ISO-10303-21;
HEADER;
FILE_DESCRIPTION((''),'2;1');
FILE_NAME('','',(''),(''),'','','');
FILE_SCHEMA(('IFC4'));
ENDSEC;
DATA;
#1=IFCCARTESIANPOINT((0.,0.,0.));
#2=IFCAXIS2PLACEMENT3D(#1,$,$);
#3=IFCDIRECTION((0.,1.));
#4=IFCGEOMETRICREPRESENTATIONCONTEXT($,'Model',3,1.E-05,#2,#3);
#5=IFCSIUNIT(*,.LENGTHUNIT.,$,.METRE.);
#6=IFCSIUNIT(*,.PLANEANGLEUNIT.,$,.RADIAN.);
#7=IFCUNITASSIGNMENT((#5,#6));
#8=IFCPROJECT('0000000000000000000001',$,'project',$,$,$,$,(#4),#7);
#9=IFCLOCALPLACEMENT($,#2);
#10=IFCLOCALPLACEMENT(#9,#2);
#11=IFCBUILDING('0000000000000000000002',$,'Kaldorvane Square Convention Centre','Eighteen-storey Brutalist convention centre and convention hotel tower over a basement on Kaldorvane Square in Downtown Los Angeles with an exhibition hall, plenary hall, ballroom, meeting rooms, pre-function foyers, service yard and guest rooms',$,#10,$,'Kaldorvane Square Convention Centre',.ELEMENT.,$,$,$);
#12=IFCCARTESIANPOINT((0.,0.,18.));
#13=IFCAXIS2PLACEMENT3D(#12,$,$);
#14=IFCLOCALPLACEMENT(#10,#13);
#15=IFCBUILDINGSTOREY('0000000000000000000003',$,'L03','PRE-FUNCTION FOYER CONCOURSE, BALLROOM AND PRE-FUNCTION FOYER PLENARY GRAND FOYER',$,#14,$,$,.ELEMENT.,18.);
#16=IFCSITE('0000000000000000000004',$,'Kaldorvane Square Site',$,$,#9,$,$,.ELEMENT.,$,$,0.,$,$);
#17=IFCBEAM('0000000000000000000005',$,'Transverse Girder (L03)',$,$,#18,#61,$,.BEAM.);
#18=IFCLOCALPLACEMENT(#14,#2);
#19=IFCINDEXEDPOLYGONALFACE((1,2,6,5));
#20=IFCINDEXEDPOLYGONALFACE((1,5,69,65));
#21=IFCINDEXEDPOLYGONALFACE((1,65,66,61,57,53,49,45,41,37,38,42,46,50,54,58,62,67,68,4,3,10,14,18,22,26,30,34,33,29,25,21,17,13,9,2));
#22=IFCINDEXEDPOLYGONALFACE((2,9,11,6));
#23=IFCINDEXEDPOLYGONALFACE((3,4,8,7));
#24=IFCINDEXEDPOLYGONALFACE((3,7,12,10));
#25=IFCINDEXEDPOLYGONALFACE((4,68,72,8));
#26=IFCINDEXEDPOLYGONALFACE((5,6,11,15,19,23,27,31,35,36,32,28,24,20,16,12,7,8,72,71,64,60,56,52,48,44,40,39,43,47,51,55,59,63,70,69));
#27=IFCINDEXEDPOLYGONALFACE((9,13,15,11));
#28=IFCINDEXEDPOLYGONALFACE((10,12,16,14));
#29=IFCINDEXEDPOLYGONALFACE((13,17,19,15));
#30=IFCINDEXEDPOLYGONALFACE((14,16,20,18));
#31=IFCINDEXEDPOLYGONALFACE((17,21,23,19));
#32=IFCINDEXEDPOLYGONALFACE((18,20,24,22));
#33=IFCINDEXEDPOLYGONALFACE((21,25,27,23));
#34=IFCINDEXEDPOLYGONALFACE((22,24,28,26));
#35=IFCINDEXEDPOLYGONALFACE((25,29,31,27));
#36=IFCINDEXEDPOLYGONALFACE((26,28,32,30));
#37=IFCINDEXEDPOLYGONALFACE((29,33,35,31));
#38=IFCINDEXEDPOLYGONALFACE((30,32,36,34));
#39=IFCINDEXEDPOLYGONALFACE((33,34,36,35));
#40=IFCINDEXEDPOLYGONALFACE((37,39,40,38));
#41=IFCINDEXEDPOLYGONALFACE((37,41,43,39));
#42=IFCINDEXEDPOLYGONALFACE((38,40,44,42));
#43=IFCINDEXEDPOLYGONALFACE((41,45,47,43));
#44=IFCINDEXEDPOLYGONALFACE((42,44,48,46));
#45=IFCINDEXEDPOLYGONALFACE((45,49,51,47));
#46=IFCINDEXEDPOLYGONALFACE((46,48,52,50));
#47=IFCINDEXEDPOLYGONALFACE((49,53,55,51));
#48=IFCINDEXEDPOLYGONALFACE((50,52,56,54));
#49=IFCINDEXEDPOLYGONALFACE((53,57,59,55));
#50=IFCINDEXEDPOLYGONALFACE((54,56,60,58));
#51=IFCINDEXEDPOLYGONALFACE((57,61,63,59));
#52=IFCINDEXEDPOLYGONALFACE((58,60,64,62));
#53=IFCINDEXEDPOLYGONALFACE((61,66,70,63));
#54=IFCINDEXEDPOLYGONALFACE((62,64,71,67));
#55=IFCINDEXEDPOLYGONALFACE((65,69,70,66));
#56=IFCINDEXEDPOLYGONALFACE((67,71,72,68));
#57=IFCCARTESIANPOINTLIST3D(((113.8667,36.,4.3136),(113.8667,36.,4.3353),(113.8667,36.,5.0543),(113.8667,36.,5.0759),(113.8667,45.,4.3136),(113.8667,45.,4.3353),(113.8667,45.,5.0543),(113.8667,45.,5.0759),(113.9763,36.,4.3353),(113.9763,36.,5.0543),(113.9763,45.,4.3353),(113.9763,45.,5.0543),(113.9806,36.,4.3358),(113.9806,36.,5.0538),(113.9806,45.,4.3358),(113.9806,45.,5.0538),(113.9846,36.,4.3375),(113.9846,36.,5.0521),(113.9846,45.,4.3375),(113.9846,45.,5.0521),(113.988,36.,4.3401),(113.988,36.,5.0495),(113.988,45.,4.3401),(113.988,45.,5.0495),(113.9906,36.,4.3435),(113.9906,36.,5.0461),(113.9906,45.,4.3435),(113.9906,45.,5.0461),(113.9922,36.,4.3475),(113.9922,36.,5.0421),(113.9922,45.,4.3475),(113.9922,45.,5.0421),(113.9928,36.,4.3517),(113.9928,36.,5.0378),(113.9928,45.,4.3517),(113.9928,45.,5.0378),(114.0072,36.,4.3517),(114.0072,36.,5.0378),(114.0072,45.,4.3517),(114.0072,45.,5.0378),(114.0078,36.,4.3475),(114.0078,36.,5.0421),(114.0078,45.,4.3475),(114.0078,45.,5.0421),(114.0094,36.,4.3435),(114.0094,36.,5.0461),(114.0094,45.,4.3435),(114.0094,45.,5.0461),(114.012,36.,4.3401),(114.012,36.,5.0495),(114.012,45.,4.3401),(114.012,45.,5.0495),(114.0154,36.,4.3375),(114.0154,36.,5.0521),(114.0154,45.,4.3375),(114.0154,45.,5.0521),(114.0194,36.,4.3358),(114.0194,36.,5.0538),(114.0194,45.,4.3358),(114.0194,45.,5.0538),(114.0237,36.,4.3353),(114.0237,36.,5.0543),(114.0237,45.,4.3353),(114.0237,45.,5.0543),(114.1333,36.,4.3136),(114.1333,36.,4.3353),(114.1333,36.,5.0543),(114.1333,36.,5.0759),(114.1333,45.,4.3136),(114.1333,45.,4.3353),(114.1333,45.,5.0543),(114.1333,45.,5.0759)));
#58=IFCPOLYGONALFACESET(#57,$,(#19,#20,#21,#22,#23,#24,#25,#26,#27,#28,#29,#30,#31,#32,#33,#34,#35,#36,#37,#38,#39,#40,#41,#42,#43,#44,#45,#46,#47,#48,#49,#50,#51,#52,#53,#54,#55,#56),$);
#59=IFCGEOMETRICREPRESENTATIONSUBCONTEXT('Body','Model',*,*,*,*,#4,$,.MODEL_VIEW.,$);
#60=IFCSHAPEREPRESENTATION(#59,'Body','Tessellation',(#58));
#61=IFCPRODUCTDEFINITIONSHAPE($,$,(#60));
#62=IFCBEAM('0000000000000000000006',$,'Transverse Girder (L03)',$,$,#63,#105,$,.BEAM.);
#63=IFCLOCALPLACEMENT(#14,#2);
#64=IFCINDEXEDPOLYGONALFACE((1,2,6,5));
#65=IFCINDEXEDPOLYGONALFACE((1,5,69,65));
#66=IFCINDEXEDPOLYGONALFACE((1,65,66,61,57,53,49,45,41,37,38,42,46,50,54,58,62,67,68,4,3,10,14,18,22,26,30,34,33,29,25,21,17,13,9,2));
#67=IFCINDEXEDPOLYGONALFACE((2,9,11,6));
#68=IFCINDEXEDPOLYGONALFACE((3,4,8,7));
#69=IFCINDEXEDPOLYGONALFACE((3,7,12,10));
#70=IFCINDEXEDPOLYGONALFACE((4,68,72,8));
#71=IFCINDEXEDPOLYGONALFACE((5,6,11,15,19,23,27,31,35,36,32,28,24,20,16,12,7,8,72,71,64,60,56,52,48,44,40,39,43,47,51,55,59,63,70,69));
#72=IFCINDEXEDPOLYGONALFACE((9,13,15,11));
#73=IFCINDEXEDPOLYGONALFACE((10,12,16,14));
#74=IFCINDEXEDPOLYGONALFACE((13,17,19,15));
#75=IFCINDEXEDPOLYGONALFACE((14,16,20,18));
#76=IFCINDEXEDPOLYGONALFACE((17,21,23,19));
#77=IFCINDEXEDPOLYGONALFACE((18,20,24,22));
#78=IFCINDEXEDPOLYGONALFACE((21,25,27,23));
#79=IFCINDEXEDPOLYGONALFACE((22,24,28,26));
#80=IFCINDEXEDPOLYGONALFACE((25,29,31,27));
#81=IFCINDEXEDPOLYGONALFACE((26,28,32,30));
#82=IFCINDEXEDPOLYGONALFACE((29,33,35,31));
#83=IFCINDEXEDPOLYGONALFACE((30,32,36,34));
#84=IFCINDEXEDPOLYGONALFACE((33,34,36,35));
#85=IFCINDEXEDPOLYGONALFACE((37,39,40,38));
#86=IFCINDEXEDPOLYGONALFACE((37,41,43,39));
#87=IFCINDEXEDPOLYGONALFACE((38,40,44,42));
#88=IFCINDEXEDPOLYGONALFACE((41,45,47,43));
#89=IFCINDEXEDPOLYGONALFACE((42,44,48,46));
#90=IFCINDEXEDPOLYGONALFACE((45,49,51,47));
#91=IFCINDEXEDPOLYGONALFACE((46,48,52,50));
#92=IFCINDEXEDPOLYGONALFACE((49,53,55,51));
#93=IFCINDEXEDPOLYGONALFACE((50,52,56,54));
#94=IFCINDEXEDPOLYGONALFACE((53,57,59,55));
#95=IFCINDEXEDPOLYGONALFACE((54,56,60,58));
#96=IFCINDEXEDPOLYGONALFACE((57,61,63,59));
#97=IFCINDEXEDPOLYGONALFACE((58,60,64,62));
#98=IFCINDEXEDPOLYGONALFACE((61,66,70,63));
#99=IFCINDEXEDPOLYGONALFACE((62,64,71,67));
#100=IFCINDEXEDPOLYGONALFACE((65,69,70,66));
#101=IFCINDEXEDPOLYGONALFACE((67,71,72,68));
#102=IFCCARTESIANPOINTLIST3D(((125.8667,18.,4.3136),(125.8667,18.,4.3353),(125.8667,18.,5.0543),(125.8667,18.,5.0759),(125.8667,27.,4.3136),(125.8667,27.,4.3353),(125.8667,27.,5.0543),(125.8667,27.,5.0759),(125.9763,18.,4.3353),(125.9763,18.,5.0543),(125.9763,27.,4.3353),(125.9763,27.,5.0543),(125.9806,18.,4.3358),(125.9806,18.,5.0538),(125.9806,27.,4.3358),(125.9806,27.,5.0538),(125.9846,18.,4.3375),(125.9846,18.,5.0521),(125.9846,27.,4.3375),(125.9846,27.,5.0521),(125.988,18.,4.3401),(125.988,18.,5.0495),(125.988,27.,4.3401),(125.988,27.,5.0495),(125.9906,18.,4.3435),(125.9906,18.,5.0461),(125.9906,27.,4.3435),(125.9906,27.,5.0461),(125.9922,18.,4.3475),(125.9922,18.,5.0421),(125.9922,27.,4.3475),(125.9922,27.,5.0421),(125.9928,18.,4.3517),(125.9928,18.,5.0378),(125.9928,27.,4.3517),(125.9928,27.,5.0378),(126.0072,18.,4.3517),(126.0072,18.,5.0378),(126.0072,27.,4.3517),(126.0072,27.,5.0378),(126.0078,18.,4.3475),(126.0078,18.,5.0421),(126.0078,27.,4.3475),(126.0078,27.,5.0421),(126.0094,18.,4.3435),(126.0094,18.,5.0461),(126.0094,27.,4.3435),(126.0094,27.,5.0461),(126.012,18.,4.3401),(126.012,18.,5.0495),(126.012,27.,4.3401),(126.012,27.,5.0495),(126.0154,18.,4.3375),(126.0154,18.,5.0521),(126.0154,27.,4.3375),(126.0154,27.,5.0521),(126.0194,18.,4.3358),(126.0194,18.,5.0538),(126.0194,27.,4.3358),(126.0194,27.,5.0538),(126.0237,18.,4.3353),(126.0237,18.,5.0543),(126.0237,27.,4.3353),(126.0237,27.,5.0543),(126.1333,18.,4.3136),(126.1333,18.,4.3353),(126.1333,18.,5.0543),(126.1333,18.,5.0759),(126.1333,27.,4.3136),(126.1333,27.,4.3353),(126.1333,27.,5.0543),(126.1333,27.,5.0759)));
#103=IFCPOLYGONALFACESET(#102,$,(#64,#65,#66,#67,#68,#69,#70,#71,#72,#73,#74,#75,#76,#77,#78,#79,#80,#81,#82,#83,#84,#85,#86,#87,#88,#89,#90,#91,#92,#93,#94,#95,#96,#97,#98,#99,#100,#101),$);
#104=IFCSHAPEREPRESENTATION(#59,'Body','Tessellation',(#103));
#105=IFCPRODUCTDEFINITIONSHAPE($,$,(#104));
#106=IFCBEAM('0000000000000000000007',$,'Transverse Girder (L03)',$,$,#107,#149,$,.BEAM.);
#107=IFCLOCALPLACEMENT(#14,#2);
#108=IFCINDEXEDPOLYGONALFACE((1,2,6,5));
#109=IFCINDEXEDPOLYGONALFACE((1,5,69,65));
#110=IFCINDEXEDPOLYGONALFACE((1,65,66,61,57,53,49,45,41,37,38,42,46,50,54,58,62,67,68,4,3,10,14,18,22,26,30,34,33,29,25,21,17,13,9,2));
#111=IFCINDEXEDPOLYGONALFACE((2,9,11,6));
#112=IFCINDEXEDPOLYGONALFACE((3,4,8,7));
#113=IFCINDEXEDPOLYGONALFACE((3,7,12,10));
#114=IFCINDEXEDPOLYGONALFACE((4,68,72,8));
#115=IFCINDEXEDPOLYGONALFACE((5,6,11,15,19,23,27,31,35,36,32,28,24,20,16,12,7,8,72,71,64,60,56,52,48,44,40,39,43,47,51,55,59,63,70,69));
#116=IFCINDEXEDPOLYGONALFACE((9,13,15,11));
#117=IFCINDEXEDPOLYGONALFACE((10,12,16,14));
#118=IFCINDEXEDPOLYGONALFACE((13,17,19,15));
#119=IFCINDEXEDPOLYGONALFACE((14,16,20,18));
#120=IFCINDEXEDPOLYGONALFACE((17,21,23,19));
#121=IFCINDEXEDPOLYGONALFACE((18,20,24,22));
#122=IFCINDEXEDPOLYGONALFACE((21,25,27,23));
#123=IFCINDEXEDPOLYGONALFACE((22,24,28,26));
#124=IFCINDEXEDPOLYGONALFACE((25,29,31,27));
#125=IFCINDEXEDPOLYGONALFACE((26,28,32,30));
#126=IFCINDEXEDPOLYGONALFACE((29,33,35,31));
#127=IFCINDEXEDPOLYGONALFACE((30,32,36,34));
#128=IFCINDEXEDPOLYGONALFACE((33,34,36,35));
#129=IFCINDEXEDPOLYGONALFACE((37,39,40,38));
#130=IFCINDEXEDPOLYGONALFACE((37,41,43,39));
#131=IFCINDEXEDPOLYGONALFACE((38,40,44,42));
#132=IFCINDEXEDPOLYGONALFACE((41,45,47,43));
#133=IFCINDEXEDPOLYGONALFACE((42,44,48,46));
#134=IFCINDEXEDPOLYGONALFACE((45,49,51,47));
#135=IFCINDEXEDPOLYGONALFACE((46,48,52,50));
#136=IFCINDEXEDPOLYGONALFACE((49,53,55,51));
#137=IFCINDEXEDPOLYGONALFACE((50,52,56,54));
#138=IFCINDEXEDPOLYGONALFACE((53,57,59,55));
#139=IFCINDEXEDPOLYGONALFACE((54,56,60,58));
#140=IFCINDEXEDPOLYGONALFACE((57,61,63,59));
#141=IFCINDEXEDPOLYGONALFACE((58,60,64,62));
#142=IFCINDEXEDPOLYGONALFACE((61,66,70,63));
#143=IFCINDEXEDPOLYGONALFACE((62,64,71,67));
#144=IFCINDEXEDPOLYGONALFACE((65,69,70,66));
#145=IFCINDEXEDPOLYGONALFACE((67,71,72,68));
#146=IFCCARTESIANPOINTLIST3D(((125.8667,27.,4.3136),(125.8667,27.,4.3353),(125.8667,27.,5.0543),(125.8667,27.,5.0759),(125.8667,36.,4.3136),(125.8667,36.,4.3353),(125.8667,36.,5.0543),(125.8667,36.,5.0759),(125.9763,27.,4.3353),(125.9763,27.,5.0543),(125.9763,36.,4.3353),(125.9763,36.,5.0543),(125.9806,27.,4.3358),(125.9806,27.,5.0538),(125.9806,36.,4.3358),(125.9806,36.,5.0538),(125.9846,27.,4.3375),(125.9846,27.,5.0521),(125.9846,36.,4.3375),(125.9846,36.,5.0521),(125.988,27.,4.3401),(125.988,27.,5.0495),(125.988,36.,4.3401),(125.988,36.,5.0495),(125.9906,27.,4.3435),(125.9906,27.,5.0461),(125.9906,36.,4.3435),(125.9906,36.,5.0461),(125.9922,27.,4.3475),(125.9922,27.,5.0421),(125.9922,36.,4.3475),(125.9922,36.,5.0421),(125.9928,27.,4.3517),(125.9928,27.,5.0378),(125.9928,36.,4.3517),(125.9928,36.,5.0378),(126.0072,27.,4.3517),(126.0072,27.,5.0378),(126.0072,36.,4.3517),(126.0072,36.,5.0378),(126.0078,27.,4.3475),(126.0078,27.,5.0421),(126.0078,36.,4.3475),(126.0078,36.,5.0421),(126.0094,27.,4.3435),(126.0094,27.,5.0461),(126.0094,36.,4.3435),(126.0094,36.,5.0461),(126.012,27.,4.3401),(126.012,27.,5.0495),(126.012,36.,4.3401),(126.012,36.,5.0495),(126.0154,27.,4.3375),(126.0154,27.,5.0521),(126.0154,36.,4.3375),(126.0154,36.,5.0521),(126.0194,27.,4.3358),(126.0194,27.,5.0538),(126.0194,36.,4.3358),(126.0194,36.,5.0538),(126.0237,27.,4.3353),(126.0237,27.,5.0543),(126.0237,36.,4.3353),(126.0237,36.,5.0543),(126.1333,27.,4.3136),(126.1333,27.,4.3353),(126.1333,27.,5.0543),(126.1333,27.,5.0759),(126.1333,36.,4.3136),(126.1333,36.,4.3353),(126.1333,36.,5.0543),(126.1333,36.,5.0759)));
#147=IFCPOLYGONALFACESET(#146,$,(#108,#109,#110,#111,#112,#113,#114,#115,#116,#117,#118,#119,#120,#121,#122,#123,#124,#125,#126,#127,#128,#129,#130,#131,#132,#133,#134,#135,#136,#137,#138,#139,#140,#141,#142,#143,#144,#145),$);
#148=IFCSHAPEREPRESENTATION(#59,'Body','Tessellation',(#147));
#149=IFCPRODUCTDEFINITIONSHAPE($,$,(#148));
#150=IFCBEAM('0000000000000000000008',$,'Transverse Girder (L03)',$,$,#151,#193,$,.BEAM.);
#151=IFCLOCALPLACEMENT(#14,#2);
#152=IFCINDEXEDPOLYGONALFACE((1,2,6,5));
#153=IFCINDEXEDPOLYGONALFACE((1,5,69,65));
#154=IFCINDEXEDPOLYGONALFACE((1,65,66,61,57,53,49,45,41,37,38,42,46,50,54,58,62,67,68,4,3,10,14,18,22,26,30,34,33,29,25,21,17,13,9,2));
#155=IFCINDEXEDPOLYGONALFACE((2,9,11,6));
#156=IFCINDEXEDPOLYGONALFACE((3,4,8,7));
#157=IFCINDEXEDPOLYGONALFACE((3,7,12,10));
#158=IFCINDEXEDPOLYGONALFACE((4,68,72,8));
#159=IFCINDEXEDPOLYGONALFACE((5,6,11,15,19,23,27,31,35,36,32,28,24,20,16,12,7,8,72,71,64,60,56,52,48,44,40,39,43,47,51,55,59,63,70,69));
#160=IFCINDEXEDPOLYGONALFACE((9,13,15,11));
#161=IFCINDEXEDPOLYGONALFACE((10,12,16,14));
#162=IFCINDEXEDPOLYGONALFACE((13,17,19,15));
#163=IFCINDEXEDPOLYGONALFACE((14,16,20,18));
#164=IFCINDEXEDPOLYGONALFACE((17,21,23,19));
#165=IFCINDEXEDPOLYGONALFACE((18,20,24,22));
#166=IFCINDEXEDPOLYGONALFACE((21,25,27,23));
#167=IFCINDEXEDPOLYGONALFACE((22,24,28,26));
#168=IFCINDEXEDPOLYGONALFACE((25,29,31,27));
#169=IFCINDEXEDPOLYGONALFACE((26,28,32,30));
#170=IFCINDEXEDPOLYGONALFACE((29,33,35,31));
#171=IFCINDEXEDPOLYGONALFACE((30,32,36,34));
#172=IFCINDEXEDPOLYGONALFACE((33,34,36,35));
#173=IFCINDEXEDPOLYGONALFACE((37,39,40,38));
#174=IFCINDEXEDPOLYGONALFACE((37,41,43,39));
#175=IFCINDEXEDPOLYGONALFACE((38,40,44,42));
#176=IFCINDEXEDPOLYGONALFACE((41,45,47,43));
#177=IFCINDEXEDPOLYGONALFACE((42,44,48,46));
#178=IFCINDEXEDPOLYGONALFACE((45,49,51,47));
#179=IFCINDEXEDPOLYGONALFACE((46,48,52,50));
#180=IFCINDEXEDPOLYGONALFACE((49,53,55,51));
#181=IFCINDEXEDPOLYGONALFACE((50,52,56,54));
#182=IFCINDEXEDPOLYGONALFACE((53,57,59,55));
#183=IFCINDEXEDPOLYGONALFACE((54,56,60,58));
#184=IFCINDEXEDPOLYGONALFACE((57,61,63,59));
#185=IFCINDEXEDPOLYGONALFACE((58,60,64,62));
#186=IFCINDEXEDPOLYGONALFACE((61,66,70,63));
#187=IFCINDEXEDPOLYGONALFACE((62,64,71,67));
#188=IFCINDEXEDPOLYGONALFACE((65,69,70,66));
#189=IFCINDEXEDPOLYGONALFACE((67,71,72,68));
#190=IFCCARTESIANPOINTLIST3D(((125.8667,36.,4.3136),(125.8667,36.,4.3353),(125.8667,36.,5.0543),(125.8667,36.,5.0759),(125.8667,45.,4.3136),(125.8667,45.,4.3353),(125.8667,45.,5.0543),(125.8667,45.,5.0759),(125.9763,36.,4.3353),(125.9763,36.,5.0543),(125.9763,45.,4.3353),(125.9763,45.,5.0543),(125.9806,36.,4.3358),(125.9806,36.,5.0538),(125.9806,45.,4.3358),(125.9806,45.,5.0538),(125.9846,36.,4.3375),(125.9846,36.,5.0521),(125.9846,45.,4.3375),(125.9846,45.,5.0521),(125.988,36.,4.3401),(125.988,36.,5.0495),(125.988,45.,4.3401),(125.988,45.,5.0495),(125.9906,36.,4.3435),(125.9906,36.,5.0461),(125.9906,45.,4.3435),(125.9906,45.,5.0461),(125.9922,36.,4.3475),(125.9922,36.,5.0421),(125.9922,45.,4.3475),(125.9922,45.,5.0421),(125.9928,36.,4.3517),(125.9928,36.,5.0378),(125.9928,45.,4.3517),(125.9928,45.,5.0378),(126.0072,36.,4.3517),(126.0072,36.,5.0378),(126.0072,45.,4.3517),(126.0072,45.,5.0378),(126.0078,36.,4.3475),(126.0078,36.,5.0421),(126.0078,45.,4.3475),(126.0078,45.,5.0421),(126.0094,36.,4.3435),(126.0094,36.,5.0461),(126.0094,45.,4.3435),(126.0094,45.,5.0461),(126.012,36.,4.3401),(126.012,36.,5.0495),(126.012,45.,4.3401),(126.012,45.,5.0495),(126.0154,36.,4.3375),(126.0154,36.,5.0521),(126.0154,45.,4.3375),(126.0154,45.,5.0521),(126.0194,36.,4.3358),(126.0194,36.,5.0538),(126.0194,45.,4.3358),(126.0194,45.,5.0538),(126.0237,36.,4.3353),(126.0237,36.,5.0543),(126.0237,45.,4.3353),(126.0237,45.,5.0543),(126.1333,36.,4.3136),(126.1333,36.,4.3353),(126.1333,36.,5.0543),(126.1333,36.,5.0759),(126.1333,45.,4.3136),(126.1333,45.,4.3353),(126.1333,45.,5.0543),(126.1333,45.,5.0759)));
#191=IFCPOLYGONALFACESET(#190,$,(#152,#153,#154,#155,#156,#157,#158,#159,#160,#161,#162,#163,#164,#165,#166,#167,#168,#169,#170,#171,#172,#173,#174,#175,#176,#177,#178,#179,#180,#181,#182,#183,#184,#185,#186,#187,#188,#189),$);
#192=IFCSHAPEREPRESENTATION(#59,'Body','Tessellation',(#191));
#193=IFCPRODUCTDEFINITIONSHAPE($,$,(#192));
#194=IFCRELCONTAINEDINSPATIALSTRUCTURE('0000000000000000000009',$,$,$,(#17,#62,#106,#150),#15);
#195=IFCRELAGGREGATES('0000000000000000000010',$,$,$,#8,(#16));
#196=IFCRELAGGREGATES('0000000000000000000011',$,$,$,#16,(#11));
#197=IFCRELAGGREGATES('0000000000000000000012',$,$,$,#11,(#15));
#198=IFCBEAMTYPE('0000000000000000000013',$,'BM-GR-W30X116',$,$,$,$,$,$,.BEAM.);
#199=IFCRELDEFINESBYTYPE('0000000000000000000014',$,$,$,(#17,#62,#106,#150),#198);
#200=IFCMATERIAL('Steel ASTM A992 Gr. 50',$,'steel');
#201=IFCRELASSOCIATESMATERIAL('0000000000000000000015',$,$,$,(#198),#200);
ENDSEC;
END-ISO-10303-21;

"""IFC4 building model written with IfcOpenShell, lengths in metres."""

from ifc_helpers import new_model, si_unit, direction, frame, origin, origin_2d, place, context, subcontext, project, spatial, i_section, extrude, material, material_profile, profile_set, type_object, element, save


model = new_model("IFC4")

# Units and contexts
model_context = context("Model", 3, precision=1e-05, world=origin(), true_north=direction((0.0, 1.0)))
body_context = subcontext(model_context, "Body", "Model", "MODEL_VIEW")
ifc_project = project(units=[si_unit("LENGTHUNIT", "METRE"), si_unit("PLANEANGLEUNIT", "RADIAN")], contexts=[model_context])

# Site, building, storey
site_placement = place(None, origin())
site = spatial("IfcSite", under=ifc_project, at=site_placement, Name="Kaldorvane Square Site", CompositionType="ELEMENT", RefElevation=0.0)
building_placement = place(site_placement, origin())
building = spatial("IfcBuilding", under=site, at=building_placement, Name="Kaldorvane Square Convention Centre", Description="Eighteen-storey Brutalist convention centre and convention hotel tower over a basement on Kaldorvane Square in Downtown Los Angeles with an exhibition hall, plenary hall, ballroom, meeting rooms, pre-function foyers, service yard and guest rooms", LongName="Kaldorvane Square Convention Centre", CompositionType="ELEMENT")
storey_placement = place(building_placement, frame((0.0, 0.0, 18.0)))
storey = spatial("IfcBuildingStorey", under=building, at=storey_placement, Name="L03", Description="PRE-FUNCTION FOYER CONCOURSE, BALLROOM AND PRE-FUNCTION FOYER PLENARY GRAND FOYER", CompositionType="ELEMENT", Elevation=18.0)

# Shared definitions
ifc_material_1 = material(Name="Steel ASTM A992 Gr. 50", Category="steel")

# Beams
ifc_material_profile_1 = material_profile(ifc_material_1, i_section(OverallWidth=0.2666, OverallDepth=0.7623, WebThickness=0.0144, FlangeThickness=0.0216, FilletRadius=0.0165, at=origin_2d()), Name="W30X116")
ifc_profile_set_1 = profile_set([ifc_material_profile_1], Name="Steel ASTM A992 Gr. 50")
beam_type_1 = type_object("IfcBeamType", Name="BM-GR-W30X116", PredefinedType="BEAM", material=ifc_profile_set_1)
for number, where, z_axis, x_axis, name in (
    (1, (114.0, 36.0, 4.6948), (0.0, 1.0, 0.0), (-1.0, 0.0, 0.0), "Transverse Girder (L03)"),
    (2, (126.0, 18.0, 4.6948), (0.0, 1.0, 0.0), (-1.0, 0.0, 0.0), "Transverse Girder (L03)"),
    (3, (126.0, 27.0, 4.6948), (0.0, 1.0, 0.0), (-1.0, 0.0, 0.0), "Transverse Girder (L03)"),
    (4, (126.0, 36.0, 4.6948), (0.0, 1.0, 0.0), (-1.0, 0.0, 0.0), "Transverse Girder (L03)"),
):
    element("IfcBeam", number, at=place(storey_placement, frame(where, z_axis=z_axis, x_axis=x_axis)), inside=storey, type_object=beam_type_1, Name=name, PredefinedType="BEAM", context=body_context, shape_type="SweptSolid", body=[
        extrude(i_section(OverallWidth=0.2666, OverallDepth=0.7623, WebThickness=0.0144, FlangeThickness=0.0216, FilletRadius=0.0165, at=origin_2d()), origin(), (0.0, 0.0, 1.0), 9.0),
    ])

save(model, "model.ifc")
